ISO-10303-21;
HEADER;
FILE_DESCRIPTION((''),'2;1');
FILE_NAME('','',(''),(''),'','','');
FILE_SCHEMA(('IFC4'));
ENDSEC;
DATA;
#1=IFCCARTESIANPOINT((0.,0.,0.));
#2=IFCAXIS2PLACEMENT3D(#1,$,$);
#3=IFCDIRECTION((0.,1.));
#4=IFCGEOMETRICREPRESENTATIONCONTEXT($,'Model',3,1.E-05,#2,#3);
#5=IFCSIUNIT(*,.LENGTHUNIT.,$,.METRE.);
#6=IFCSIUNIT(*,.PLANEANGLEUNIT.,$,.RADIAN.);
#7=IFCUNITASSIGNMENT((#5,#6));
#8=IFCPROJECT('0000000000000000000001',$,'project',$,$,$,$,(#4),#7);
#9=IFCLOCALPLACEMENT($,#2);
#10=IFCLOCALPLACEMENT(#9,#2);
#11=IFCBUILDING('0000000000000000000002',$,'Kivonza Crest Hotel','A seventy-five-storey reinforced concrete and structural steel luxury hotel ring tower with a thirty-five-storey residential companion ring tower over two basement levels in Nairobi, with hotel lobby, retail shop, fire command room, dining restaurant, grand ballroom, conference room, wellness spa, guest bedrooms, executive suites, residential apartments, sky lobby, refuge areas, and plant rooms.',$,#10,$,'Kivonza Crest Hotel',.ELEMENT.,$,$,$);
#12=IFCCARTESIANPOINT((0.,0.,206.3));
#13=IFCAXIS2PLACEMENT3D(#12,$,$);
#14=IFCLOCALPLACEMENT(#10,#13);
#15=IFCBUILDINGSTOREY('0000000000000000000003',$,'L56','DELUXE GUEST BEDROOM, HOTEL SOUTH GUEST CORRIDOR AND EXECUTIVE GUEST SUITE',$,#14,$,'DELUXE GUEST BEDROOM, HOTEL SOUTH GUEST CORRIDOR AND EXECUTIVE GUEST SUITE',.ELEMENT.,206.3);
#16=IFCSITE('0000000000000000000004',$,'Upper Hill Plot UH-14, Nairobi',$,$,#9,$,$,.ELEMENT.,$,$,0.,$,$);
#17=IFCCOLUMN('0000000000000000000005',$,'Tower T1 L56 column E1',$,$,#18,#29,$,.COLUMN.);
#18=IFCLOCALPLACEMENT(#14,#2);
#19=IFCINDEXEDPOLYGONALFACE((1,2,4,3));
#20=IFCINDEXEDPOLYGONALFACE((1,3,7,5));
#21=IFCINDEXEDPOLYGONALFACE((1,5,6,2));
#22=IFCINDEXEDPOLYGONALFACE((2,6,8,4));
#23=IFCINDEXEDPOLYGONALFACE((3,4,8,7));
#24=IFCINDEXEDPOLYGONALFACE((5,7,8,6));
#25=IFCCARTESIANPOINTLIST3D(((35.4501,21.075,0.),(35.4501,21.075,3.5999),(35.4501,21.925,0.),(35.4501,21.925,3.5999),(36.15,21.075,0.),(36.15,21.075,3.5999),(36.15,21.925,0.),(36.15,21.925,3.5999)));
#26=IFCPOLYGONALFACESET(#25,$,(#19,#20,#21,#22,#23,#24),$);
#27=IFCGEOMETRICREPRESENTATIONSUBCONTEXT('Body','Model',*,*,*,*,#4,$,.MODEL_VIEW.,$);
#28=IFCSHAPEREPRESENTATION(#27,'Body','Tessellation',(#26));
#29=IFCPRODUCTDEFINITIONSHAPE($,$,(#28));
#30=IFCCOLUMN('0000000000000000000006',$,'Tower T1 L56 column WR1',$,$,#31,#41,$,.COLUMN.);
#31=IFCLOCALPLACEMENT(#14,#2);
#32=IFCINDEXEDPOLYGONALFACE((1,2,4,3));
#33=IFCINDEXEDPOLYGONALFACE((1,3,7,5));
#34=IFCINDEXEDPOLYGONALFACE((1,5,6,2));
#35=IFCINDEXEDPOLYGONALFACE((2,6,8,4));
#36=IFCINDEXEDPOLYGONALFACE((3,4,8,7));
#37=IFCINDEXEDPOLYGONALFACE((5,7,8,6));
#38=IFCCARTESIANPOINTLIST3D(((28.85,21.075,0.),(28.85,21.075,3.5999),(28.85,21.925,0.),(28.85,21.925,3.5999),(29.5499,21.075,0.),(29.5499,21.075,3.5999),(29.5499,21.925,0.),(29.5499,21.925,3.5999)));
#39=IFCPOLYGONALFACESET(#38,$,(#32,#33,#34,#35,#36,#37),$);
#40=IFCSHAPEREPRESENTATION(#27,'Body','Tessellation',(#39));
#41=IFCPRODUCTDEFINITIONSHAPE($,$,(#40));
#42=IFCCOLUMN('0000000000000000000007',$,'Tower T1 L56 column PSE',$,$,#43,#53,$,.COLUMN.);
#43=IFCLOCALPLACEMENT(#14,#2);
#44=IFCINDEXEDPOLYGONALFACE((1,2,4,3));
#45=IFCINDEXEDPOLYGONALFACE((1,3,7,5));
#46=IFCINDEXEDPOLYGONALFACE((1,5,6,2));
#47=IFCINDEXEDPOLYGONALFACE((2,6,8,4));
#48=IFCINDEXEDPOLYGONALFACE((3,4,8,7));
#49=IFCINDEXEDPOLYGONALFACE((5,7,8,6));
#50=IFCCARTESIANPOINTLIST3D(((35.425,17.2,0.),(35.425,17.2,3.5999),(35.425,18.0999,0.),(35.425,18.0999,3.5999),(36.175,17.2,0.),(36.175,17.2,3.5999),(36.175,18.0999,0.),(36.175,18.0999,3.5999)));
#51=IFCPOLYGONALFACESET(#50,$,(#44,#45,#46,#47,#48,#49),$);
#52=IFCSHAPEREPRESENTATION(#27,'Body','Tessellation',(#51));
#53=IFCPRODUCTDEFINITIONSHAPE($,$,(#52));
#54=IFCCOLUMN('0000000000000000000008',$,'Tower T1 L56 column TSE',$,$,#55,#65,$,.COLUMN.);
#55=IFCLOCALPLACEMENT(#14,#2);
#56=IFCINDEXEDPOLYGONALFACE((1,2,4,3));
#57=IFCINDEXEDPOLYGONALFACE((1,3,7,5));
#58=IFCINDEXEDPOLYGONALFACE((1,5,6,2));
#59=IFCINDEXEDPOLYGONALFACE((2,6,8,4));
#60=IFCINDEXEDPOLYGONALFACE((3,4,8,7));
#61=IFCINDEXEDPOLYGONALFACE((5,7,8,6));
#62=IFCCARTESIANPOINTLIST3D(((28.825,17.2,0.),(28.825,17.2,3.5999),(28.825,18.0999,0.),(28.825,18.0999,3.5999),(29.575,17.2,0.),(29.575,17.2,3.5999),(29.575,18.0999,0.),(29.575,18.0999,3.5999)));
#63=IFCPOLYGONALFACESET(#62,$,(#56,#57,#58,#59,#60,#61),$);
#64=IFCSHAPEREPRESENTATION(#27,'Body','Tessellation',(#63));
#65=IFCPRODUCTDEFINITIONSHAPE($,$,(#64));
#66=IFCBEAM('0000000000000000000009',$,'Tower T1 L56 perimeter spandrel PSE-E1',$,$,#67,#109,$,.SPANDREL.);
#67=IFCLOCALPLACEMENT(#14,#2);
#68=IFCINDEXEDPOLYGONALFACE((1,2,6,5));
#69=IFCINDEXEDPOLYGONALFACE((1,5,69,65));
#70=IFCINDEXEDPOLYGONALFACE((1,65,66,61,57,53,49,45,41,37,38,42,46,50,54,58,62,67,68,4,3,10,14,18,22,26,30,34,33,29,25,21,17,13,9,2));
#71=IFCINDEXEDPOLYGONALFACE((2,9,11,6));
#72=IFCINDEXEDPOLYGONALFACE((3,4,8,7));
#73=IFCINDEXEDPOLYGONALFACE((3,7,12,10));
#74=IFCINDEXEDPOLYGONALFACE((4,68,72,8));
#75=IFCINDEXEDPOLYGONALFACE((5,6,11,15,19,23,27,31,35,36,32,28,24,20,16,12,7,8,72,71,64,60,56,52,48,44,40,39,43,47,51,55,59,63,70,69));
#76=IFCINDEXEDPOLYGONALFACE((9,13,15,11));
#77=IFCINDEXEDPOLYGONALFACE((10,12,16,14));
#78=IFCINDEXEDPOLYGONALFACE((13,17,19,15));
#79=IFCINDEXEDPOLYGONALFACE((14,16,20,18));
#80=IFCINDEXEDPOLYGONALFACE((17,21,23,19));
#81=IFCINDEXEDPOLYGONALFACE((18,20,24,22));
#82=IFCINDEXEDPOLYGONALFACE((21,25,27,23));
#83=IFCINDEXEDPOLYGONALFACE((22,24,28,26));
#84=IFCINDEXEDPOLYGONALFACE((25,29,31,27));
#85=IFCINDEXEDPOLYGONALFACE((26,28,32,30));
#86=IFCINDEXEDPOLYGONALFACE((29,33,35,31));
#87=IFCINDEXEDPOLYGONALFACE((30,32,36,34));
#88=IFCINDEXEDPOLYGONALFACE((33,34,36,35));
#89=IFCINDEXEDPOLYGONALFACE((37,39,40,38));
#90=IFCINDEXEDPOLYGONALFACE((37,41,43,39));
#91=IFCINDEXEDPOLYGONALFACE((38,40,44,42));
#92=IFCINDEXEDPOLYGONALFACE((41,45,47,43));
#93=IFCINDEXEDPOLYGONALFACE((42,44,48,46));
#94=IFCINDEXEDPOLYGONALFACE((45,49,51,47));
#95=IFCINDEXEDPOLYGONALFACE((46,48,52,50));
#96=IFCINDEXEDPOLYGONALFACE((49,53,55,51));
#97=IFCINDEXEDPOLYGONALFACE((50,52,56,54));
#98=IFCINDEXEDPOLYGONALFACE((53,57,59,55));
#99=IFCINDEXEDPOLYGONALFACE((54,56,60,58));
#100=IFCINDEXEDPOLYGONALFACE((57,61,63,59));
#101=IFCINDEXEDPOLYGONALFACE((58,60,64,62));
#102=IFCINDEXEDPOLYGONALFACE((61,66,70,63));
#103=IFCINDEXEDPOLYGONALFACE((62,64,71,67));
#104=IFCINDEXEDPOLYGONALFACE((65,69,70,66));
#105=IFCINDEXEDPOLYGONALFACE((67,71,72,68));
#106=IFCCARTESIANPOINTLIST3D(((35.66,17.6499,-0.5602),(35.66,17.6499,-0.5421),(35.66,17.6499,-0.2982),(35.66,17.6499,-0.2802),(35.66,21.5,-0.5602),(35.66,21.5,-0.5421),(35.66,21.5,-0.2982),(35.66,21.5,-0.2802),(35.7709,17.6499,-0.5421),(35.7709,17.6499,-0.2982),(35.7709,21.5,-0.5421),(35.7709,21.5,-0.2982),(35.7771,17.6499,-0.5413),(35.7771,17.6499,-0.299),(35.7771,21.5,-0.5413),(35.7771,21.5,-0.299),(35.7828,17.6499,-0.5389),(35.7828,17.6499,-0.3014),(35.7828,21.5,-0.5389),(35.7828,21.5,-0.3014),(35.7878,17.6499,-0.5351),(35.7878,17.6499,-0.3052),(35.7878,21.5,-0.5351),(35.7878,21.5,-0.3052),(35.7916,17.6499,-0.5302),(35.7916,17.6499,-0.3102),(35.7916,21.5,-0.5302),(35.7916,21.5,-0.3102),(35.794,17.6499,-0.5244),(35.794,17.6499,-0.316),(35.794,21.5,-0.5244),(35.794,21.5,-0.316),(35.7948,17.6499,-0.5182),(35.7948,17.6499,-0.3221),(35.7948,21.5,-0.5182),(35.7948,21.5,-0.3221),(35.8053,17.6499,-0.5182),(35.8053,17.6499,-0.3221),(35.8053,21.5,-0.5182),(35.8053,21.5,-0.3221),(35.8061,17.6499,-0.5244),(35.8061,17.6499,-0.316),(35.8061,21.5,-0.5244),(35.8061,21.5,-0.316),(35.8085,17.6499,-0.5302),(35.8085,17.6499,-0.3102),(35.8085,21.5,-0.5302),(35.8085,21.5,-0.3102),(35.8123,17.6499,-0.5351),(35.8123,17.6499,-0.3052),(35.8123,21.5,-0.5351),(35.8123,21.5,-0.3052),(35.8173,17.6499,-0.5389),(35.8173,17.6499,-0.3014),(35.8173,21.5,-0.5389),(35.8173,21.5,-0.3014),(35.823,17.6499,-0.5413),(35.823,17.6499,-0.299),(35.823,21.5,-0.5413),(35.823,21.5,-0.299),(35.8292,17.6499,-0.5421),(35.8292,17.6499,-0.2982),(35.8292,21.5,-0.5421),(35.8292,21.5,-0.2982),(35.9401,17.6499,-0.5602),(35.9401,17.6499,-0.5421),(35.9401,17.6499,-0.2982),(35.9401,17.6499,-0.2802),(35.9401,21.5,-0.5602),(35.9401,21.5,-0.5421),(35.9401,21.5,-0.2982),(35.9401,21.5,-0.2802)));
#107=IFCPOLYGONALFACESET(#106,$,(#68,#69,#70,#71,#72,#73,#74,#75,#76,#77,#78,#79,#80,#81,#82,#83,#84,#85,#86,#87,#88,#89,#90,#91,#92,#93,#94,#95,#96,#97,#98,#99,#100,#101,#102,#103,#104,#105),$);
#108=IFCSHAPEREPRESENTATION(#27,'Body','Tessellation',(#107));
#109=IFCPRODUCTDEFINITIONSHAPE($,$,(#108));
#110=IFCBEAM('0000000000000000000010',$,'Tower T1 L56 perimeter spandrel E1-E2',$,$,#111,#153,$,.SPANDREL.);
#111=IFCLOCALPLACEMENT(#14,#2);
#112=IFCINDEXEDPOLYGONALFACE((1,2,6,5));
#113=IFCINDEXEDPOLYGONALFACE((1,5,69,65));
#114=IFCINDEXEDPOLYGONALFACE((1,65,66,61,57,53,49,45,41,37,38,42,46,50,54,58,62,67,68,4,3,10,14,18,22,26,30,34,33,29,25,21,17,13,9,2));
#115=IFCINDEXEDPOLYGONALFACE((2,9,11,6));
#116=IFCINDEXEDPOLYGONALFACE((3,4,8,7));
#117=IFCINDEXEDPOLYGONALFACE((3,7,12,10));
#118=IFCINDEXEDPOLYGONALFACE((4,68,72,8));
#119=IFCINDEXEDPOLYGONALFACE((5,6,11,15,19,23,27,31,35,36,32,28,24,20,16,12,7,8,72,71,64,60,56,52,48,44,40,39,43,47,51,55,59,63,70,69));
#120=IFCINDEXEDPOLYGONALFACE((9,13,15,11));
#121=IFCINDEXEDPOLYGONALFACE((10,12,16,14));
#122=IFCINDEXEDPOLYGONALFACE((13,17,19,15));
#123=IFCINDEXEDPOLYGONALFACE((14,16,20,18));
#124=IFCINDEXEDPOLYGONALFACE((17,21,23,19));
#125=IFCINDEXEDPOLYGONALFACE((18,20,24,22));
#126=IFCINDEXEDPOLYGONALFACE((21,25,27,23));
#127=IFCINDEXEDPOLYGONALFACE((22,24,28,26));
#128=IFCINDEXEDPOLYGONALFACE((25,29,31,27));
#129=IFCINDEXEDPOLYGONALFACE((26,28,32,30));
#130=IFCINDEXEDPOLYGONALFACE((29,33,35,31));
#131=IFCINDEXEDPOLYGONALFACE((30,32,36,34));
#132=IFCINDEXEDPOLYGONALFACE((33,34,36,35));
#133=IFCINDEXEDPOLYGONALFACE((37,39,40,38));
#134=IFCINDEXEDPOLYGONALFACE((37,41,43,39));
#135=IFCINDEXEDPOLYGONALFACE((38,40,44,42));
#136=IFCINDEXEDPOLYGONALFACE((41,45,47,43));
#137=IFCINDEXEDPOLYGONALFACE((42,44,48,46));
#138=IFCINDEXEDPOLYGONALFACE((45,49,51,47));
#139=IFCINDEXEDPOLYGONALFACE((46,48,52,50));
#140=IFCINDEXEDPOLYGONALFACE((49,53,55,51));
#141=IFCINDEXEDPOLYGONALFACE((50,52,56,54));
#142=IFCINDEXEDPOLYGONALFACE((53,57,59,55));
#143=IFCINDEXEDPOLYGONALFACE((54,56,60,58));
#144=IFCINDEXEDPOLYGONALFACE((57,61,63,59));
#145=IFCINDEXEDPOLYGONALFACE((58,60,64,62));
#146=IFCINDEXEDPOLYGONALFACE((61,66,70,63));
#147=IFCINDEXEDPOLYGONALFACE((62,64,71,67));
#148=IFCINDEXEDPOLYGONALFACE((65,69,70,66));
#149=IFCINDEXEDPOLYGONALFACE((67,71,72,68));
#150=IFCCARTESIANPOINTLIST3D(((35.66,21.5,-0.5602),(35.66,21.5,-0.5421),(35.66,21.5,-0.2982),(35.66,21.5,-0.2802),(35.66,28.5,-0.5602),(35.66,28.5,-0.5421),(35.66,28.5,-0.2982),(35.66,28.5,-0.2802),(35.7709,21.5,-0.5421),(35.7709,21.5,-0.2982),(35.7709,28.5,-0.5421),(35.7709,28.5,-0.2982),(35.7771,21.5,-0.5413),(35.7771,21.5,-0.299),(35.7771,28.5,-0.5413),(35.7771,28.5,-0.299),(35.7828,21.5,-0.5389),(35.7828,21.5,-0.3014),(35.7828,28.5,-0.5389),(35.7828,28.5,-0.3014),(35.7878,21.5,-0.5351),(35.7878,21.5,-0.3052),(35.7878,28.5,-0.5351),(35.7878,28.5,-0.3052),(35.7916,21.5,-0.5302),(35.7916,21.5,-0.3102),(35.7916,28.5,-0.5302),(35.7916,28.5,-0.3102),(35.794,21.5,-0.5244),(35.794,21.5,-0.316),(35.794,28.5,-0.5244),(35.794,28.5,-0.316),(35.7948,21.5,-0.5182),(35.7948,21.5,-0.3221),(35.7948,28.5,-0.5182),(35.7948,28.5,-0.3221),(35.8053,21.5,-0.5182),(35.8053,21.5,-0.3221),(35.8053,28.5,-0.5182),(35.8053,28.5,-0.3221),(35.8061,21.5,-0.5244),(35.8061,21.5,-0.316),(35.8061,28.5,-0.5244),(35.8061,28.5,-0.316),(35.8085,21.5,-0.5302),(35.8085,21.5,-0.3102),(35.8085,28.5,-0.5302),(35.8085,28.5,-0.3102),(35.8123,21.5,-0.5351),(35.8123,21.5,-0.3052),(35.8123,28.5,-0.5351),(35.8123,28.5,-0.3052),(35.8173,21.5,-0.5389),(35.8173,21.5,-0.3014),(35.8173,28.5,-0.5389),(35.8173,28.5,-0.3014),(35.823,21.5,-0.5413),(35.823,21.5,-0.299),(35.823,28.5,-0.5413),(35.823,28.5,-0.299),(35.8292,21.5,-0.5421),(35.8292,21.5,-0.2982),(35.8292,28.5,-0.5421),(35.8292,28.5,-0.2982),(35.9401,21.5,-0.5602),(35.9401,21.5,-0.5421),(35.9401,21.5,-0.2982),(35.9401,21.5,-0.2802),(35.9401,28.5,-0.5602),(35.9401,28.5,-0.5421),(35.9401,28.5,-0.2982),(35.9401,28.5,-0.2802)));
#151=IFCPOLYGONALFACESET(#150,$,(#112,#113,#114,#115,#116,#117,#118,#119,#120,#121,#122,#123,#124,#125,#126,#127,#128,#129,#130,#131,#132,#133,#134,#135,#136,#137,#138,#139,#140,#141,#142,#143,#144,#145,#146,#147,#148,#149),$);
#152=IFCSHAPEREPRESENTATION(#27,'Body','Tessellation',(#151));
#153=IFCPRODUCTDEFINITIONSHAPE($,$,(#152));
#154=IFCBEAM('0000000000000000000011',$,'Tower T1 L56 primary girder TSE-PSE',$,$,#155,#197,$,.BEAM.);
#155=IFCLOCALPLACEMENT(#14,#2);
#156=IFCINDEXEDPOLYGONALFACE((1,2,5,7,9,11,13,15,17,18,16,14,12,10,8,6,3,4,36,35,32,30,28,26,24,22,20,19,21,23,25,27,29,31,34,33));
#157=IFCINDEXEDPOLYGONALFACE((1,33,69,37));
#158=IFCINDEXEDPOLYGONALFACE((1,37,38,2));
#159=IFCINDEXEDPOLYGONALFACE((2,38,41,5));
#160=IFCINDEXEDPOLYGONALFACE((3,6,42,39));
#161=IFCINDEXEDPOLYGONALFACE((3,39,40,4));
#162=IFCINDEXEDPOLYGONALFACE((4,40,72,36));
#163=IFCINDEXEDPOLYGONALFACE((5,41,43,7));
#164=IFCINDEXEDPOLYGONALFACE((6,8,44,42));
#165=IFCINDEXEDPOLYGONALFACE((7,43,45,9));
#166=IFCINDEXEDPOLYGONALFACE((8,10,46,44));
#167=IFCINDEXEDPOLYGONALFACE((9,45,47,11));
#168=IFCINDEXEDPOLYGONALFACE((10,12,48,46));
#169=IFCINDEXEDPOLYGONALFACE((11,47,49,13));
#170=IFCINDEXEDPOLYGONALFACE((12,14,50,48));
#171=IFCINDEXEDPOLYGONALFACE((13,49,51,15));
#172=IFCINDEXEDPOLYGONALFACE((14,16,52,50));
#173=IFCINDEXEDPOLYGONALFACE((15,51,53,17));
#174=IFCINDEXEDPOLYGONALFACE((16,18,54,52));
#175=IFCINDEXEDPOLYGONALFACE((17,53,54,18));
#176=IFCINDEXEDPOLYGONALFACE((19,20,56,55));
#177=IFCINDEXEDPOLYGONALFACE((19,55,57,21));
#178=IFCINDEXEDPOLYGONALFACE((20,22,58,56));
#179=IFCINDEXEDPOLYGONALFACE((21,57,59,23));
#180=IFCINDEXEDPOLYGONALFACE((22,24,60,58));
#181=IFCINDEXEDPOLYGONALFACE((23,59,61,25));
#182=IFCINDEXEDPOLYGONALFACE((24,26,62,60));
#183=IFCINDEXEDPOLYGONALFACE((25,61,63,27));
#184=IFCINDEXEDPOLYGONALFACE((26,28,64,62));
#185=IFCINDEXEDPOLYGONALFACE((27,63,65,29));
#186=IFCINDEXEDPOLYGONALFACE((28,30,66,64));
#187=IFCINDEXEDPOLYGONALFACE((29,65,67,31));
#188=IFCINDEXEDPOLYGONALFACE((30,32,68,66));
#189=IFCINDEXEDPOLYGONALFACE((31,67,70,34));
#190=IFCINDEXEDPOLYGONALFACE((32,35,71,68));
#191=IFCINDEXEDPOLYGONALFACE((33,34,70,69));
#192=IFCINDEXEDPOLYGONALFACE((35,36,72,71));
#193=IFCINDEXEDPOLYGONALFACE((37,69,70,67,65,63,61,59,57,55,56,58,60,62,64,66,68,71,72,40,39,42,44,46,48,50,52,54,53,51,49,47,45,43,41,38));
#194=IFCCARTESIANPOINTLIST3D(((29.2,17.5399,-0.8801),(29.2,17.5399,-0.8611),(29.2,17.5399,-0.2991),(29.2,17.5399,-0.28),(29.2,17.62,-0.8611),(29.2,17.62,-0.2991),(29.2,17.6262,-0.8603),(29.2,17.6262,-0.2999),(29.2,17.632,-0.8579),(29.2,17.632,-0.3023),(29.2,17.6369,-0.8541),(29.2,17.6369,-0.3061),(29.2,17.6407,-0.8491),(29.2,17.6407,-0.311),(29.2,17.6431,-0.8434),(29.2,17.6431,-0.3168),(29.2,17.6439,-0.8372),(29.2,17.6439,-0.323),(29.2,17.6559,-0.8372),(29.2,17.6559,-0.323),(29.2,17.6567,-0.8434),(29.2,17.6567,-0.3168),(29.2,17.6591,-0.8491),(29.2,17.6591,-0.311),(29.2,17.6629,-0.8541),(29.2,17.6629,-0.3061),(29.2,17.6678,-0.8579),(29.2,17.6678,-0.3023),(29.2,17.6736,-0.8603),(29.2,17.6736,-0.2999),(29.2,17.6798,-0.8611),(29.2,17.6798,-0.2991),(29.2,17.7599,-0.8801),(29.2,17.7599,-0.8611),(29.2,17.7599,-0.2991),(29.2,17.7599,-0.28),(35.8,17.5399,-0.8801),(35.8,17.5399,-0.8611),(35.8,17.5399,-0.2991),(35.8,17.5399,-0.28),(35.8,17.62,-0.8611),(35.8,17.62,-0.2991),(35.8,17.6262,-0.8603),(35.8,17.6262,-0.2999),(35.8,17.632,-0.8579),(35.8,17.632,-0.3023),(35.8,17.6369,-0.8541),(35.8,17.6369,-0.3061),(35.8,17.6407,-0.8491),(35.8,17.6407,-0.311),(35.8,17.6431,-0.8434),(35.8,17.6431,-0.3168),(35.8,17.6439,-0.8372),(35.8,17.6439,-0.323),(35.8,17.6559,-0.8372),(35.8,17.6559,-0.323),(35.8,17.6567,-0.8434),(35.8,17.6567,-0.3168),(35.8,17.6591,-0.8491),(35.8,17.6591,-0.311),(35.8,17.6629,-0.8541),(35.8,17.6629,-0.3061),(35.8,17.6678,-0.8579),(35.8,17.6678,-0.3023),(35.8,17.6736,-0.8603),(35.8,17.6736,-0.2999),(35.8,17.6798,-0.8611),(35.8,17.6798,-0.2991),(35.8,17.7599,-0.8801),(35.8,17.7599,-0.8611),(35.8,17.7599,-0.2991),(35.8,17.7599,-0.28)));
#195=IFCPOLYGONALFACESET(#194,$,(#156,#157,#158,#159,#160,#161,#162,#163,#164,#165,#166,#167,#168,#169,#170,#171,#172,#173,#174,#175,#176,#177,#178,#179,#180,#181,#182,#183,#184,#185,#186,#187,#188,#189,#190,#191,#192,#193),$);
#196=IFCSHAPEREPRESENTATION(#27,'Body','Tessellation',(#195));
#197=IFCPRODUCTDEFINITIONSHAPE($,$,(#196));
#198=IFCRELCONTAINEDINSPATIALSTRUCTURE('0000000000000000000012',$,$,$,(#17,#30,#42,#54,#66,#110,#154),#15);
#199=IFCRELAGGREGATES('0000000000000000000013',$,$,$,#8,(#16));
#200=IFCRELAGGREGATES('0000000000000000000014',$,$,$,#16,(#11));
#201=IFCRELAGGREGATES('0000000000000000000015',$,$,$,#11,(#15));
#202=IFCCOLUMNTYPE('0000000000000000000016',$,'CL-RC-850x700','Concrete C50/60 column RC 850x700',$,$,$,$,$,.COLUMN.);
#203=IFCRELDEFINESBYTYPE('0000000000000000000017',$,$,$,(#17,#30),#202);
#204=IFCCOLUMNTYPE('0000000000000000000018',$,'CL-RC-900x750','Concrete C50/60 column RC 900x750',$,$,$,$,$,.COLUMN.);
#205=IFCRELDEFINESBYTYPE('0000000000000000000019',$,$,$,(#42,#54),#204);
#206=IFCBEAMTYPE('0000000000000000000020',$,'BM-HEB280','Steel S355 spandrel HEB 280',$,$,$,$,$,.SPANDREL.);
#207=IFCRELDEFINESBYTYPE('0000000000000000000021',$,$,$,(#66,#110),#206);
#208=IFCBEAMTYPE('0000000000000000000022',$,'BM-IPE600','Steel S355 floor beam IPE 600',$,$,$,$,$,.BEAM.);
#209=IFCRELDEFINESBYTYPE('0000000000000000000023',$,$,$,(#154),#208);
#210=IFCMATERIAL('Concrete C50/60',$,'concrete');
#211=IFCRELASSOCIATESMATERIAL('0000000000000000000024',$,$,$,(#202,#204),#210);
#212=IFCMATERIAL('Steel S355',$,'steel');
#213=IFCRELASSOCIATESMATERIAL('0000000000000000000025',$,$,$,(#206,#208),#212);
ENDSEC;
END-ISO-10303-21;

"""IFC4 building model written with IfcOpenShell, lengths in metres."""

from ifc_helpers import new_model, si_unit, direction, frame, origin, origin_2d, place, context, subcontext, project, spatial, rectangle, i_section, extrude, material, material_profile, profile_set, type_object, element, save


model = new_model("IFC4")

# Units and contexts
model_context = context("Model", 3, precision=1e-05, world=origin(), true_north=direction((0.0, 1.0)))
body_context = subcontext(model_context, "Body", "Model", "MODEL_VIEW")
ifc_project = project(units=[si_unit("LENGTHUNIT", "METRE"), si_unit("PLANEANGLEUNIT", "RADIAN")], contexts=[model_context])

# Site, building, storey
site_placement = place(None, origin())
site = spatial("IfcSite", under=ifc_project, at=site_placement, Name="Upper Hill Plot UH-14, Nairobi", CompositionType="ELEMENT", RefElevation=0.0)
building_placement = place(site_placement, origin())
building = spatial("IfcBuilding", under=site, at=building_placement, Name="Kivonza Crest Hotel", Description="A seventy-five-storey reinforced concrete and structural steel luxury hotel ring tower with a thirty-five-storey residential companion ring tower over two basement levels in Nairobi, with hotel lobby, retail shop, fire command room, dining restaurant, grand ballroom, conference room, wellness spa, guest bedrooms, executive suites, residential apartments, sky lobby, refuge areas, and plant rooms.", LongName="Kivonza Crest Hotel", CompositionType="ELEMENT")
storey_placement = place(building_placement, frame((0.0, 0.0, 206.3)))
storey = spatial("IfcBuildingStorey", under=building, at=storey_placement, Name="L56", Description="DELUXE GUEST BEDROOM, HOTEL SOUTH GUEST CORRIDOR AND EXECUTIVE GUEST SUITE", LongName="DELUXE GUEST BEDROOM, HOTEL SOUTH GUEST CORRIDOR AND EXECUTIVE GUEST SUITE", CompositionType="ELEMENT", Elevation=206.3)

# Columns
ifc_material_1 = material(Name="Concrete C50/60", Category="concrete")
ifc_material_profile_1 = material_profile(ifc_material_1, rectangle(XDim=0.7, YDim=0.8501, at=origin_2d()), Name="RC 850x700")
ifc_profile_set_1 = profile_set([ifc_material_profile_1], Name="Concrete C50/60")
column_type_1 = type_object("IfcColumnType", Name="CL-RC-850x700", Description="Concrete C50/60 column RC 850x700", PredefinedType="COLUMN", material=ifc_profile_set_1)
for number, where, z_axis, x_axis, name in (
    (1, (35.8, 21.5, 0.0), (0.0, 0.0, 1.0), (1.0, 0.0, 0.0), "Tower T1 L56 column E1"),
    (2, (29.2, 21.5, 0.0), (0.0, 0.0, 1.0), (1.0, 0.0, 0.0), "Tower T1 L56 column WR1"),
):
    element("IfcColumn", number, at=place(storey_placement, frame(where, z_axis=z_axis, x_axis=x_axis)), inside=storey, type_object=column_type_1, Name=name, PredefinedType="COLUMN", context=body_context, shape_type="SweptSolid", body=[
        extrude(rectangle(XDim=0.7, YDim=0.8501, at=origin_2d()), origin(), (0.0, 0.0, 1.0), 3.5999),
    ])
ifc_material_profile_2 = material_profile(ifc_material_1, rectangle(XDim=0.75, YDim=0.8999, at=origin_2d()), Name="RC 900x750")
ifc_profile_set_2 = profile_set([ifc_material_profile_2], Name="Concrete C50/60")
column_type_2 = type_object("IfcColumnType", Name="CL-RC-900x750", Description="Concrete C50/60 column RC 900x750", PredefinedType="COLUMN", material=ifc_profile_set_2)
for number, where, z_axis, x_axis, name in (
    (3, (35.8, 17.6499, 0.0), (0.0, 0.0, 1.0), (1.0, 0.0, 0.0), "Tower T1 L56 column PSE"),
    (4, (29.2, 17.6499, 0.0), (0.0, 0.0, 1.0), (1.0, 0.0, 0.0), "Tower T1 L56 column TSE"),
):
    element("IfcColumn", number, at=place(storey_placement, frame(where, z_axis=z_axis, x_axis=x_axis)), inside=storey, type_object=column_type_2, Name=name, PredefinedType="COLUMN", context=body_context, shape_type="SweptSolid", body=[
        extrude(rectangle(XDim=0.75, YDim=0.8999, at=origin_2d()), origin(), (0.0, 0.0, 1.0), 3.5999),
    ])

# Beams
ifc_material_2 = material(Name="Steel S355", Category="steel")
ifc_material_profile_3 = material_profile(ifc_material_2, i_section(OverallWidth=0.28, OverallDepth=0.28, WebThickness=0.0105, FlangeThickness=0.0181, FilletRadius=0.0239, at=origin_2d()), Name="HEB 280")
ifc_profile_set_3 = profile_set([ifc_material_profile_3], Name="Steel S355")
beam_type_1 = type_object("IfcBeamType", Name="BM-HEB280", Description="Steel S355 spandrel HEB 280", PredefinedType="SPANDREL", material=ifc_profile_set_3)
beam_1_placement = place(storey_placement, frame((35.8, 17.6499, -0.4202), z_axis=(0.0, 1.0, 0.0), x_axis=(-1.0, 0.0, 0.0)))
element("IfcBeam", 5, at=beam_1_placement, inside=storey, type_object=beam_type_1, Name="Tower T1 L56 perimeter spandrel PSE-E1", PredefinedType="SPANDREL", context=body_context, shape_type="SweptSolid", body=[
    extrude(i_section(OverallWidth=0.28, OverallDepth=0.28, WebThickness=0.0105, FlangeThickness=0.0181, FilletRadius=0.0239, at=origin_2d()), origin(), (0.0, 0.0, 1.0), 3.8501),
])
beam_2_placement = place(storey_placement, frame((35.8, 21.5, -0.4202), z_axis=(0.0, 1.0, 0.0), x_axis=(-1.0, 0.0, 0.0)))
element("IfcBeam", 6, at=beam_2_placement, inside=storey, type_object=beam_type_1, Name="Tower T1 L56 perimeter spandrel E1-E2", PredefinedType="SPANDREL", context=body_context, shape_type="SweptSolid", body=[
    extrude(i_section(OverallWidth=0.28, OverallDepth=0.28, WebThickness=0.0105, FlangeThickness=0.0181, FilletRadius=0.0239, at=origin_2d()), origin(), (0.0, 0.0, 1.0), 7.0),
])
ifc_material_profile_4 = material_profile(ifc_material_2, i_section(OverallWidth=0.22, OverallDepth=0.6001, WebThickness=0.012, FlangeThickness=0.019, FilletRadius=0.0239, at=origin_2d()), Name="IPE 600")
ifc_profile_set_4 = profile_set([ifc_material_profile_4], Name="Steel S355")
beam_type_2 = type_object("IfcBeamType", Name="BM-IPE600", Description="Steel S355 floor beam IPE 600", PredefinedType="BEAM", material=ifc_profile_set_4)
beam_3_placement = place(storey_placement, frame((29.2, 17.6499, -0.5801), z_axis=(1.0, 0.0, 0.0), x_axis=(0.0, 1.0, 0.0)))
element("IfcBeam", 7, at=beam_3_placement, inside=storey, type_object=beam_type_2, Name="Tower T1 L56 primary girder TSE-PSE", PredefinedType="BEAM", context=body_context, shape_type="SweptSolid", body=[
    extrude(i_section(OverallWidth=0.22, OverallDepth=0.6001, WebThickness=0.012, FlangeThickness=0.019, FilletRadius=0.0239, at=origin_2d()), origin(), (0.0, 0.0, 1.0), 6.6001),
])

save(model, "model.ifc")
